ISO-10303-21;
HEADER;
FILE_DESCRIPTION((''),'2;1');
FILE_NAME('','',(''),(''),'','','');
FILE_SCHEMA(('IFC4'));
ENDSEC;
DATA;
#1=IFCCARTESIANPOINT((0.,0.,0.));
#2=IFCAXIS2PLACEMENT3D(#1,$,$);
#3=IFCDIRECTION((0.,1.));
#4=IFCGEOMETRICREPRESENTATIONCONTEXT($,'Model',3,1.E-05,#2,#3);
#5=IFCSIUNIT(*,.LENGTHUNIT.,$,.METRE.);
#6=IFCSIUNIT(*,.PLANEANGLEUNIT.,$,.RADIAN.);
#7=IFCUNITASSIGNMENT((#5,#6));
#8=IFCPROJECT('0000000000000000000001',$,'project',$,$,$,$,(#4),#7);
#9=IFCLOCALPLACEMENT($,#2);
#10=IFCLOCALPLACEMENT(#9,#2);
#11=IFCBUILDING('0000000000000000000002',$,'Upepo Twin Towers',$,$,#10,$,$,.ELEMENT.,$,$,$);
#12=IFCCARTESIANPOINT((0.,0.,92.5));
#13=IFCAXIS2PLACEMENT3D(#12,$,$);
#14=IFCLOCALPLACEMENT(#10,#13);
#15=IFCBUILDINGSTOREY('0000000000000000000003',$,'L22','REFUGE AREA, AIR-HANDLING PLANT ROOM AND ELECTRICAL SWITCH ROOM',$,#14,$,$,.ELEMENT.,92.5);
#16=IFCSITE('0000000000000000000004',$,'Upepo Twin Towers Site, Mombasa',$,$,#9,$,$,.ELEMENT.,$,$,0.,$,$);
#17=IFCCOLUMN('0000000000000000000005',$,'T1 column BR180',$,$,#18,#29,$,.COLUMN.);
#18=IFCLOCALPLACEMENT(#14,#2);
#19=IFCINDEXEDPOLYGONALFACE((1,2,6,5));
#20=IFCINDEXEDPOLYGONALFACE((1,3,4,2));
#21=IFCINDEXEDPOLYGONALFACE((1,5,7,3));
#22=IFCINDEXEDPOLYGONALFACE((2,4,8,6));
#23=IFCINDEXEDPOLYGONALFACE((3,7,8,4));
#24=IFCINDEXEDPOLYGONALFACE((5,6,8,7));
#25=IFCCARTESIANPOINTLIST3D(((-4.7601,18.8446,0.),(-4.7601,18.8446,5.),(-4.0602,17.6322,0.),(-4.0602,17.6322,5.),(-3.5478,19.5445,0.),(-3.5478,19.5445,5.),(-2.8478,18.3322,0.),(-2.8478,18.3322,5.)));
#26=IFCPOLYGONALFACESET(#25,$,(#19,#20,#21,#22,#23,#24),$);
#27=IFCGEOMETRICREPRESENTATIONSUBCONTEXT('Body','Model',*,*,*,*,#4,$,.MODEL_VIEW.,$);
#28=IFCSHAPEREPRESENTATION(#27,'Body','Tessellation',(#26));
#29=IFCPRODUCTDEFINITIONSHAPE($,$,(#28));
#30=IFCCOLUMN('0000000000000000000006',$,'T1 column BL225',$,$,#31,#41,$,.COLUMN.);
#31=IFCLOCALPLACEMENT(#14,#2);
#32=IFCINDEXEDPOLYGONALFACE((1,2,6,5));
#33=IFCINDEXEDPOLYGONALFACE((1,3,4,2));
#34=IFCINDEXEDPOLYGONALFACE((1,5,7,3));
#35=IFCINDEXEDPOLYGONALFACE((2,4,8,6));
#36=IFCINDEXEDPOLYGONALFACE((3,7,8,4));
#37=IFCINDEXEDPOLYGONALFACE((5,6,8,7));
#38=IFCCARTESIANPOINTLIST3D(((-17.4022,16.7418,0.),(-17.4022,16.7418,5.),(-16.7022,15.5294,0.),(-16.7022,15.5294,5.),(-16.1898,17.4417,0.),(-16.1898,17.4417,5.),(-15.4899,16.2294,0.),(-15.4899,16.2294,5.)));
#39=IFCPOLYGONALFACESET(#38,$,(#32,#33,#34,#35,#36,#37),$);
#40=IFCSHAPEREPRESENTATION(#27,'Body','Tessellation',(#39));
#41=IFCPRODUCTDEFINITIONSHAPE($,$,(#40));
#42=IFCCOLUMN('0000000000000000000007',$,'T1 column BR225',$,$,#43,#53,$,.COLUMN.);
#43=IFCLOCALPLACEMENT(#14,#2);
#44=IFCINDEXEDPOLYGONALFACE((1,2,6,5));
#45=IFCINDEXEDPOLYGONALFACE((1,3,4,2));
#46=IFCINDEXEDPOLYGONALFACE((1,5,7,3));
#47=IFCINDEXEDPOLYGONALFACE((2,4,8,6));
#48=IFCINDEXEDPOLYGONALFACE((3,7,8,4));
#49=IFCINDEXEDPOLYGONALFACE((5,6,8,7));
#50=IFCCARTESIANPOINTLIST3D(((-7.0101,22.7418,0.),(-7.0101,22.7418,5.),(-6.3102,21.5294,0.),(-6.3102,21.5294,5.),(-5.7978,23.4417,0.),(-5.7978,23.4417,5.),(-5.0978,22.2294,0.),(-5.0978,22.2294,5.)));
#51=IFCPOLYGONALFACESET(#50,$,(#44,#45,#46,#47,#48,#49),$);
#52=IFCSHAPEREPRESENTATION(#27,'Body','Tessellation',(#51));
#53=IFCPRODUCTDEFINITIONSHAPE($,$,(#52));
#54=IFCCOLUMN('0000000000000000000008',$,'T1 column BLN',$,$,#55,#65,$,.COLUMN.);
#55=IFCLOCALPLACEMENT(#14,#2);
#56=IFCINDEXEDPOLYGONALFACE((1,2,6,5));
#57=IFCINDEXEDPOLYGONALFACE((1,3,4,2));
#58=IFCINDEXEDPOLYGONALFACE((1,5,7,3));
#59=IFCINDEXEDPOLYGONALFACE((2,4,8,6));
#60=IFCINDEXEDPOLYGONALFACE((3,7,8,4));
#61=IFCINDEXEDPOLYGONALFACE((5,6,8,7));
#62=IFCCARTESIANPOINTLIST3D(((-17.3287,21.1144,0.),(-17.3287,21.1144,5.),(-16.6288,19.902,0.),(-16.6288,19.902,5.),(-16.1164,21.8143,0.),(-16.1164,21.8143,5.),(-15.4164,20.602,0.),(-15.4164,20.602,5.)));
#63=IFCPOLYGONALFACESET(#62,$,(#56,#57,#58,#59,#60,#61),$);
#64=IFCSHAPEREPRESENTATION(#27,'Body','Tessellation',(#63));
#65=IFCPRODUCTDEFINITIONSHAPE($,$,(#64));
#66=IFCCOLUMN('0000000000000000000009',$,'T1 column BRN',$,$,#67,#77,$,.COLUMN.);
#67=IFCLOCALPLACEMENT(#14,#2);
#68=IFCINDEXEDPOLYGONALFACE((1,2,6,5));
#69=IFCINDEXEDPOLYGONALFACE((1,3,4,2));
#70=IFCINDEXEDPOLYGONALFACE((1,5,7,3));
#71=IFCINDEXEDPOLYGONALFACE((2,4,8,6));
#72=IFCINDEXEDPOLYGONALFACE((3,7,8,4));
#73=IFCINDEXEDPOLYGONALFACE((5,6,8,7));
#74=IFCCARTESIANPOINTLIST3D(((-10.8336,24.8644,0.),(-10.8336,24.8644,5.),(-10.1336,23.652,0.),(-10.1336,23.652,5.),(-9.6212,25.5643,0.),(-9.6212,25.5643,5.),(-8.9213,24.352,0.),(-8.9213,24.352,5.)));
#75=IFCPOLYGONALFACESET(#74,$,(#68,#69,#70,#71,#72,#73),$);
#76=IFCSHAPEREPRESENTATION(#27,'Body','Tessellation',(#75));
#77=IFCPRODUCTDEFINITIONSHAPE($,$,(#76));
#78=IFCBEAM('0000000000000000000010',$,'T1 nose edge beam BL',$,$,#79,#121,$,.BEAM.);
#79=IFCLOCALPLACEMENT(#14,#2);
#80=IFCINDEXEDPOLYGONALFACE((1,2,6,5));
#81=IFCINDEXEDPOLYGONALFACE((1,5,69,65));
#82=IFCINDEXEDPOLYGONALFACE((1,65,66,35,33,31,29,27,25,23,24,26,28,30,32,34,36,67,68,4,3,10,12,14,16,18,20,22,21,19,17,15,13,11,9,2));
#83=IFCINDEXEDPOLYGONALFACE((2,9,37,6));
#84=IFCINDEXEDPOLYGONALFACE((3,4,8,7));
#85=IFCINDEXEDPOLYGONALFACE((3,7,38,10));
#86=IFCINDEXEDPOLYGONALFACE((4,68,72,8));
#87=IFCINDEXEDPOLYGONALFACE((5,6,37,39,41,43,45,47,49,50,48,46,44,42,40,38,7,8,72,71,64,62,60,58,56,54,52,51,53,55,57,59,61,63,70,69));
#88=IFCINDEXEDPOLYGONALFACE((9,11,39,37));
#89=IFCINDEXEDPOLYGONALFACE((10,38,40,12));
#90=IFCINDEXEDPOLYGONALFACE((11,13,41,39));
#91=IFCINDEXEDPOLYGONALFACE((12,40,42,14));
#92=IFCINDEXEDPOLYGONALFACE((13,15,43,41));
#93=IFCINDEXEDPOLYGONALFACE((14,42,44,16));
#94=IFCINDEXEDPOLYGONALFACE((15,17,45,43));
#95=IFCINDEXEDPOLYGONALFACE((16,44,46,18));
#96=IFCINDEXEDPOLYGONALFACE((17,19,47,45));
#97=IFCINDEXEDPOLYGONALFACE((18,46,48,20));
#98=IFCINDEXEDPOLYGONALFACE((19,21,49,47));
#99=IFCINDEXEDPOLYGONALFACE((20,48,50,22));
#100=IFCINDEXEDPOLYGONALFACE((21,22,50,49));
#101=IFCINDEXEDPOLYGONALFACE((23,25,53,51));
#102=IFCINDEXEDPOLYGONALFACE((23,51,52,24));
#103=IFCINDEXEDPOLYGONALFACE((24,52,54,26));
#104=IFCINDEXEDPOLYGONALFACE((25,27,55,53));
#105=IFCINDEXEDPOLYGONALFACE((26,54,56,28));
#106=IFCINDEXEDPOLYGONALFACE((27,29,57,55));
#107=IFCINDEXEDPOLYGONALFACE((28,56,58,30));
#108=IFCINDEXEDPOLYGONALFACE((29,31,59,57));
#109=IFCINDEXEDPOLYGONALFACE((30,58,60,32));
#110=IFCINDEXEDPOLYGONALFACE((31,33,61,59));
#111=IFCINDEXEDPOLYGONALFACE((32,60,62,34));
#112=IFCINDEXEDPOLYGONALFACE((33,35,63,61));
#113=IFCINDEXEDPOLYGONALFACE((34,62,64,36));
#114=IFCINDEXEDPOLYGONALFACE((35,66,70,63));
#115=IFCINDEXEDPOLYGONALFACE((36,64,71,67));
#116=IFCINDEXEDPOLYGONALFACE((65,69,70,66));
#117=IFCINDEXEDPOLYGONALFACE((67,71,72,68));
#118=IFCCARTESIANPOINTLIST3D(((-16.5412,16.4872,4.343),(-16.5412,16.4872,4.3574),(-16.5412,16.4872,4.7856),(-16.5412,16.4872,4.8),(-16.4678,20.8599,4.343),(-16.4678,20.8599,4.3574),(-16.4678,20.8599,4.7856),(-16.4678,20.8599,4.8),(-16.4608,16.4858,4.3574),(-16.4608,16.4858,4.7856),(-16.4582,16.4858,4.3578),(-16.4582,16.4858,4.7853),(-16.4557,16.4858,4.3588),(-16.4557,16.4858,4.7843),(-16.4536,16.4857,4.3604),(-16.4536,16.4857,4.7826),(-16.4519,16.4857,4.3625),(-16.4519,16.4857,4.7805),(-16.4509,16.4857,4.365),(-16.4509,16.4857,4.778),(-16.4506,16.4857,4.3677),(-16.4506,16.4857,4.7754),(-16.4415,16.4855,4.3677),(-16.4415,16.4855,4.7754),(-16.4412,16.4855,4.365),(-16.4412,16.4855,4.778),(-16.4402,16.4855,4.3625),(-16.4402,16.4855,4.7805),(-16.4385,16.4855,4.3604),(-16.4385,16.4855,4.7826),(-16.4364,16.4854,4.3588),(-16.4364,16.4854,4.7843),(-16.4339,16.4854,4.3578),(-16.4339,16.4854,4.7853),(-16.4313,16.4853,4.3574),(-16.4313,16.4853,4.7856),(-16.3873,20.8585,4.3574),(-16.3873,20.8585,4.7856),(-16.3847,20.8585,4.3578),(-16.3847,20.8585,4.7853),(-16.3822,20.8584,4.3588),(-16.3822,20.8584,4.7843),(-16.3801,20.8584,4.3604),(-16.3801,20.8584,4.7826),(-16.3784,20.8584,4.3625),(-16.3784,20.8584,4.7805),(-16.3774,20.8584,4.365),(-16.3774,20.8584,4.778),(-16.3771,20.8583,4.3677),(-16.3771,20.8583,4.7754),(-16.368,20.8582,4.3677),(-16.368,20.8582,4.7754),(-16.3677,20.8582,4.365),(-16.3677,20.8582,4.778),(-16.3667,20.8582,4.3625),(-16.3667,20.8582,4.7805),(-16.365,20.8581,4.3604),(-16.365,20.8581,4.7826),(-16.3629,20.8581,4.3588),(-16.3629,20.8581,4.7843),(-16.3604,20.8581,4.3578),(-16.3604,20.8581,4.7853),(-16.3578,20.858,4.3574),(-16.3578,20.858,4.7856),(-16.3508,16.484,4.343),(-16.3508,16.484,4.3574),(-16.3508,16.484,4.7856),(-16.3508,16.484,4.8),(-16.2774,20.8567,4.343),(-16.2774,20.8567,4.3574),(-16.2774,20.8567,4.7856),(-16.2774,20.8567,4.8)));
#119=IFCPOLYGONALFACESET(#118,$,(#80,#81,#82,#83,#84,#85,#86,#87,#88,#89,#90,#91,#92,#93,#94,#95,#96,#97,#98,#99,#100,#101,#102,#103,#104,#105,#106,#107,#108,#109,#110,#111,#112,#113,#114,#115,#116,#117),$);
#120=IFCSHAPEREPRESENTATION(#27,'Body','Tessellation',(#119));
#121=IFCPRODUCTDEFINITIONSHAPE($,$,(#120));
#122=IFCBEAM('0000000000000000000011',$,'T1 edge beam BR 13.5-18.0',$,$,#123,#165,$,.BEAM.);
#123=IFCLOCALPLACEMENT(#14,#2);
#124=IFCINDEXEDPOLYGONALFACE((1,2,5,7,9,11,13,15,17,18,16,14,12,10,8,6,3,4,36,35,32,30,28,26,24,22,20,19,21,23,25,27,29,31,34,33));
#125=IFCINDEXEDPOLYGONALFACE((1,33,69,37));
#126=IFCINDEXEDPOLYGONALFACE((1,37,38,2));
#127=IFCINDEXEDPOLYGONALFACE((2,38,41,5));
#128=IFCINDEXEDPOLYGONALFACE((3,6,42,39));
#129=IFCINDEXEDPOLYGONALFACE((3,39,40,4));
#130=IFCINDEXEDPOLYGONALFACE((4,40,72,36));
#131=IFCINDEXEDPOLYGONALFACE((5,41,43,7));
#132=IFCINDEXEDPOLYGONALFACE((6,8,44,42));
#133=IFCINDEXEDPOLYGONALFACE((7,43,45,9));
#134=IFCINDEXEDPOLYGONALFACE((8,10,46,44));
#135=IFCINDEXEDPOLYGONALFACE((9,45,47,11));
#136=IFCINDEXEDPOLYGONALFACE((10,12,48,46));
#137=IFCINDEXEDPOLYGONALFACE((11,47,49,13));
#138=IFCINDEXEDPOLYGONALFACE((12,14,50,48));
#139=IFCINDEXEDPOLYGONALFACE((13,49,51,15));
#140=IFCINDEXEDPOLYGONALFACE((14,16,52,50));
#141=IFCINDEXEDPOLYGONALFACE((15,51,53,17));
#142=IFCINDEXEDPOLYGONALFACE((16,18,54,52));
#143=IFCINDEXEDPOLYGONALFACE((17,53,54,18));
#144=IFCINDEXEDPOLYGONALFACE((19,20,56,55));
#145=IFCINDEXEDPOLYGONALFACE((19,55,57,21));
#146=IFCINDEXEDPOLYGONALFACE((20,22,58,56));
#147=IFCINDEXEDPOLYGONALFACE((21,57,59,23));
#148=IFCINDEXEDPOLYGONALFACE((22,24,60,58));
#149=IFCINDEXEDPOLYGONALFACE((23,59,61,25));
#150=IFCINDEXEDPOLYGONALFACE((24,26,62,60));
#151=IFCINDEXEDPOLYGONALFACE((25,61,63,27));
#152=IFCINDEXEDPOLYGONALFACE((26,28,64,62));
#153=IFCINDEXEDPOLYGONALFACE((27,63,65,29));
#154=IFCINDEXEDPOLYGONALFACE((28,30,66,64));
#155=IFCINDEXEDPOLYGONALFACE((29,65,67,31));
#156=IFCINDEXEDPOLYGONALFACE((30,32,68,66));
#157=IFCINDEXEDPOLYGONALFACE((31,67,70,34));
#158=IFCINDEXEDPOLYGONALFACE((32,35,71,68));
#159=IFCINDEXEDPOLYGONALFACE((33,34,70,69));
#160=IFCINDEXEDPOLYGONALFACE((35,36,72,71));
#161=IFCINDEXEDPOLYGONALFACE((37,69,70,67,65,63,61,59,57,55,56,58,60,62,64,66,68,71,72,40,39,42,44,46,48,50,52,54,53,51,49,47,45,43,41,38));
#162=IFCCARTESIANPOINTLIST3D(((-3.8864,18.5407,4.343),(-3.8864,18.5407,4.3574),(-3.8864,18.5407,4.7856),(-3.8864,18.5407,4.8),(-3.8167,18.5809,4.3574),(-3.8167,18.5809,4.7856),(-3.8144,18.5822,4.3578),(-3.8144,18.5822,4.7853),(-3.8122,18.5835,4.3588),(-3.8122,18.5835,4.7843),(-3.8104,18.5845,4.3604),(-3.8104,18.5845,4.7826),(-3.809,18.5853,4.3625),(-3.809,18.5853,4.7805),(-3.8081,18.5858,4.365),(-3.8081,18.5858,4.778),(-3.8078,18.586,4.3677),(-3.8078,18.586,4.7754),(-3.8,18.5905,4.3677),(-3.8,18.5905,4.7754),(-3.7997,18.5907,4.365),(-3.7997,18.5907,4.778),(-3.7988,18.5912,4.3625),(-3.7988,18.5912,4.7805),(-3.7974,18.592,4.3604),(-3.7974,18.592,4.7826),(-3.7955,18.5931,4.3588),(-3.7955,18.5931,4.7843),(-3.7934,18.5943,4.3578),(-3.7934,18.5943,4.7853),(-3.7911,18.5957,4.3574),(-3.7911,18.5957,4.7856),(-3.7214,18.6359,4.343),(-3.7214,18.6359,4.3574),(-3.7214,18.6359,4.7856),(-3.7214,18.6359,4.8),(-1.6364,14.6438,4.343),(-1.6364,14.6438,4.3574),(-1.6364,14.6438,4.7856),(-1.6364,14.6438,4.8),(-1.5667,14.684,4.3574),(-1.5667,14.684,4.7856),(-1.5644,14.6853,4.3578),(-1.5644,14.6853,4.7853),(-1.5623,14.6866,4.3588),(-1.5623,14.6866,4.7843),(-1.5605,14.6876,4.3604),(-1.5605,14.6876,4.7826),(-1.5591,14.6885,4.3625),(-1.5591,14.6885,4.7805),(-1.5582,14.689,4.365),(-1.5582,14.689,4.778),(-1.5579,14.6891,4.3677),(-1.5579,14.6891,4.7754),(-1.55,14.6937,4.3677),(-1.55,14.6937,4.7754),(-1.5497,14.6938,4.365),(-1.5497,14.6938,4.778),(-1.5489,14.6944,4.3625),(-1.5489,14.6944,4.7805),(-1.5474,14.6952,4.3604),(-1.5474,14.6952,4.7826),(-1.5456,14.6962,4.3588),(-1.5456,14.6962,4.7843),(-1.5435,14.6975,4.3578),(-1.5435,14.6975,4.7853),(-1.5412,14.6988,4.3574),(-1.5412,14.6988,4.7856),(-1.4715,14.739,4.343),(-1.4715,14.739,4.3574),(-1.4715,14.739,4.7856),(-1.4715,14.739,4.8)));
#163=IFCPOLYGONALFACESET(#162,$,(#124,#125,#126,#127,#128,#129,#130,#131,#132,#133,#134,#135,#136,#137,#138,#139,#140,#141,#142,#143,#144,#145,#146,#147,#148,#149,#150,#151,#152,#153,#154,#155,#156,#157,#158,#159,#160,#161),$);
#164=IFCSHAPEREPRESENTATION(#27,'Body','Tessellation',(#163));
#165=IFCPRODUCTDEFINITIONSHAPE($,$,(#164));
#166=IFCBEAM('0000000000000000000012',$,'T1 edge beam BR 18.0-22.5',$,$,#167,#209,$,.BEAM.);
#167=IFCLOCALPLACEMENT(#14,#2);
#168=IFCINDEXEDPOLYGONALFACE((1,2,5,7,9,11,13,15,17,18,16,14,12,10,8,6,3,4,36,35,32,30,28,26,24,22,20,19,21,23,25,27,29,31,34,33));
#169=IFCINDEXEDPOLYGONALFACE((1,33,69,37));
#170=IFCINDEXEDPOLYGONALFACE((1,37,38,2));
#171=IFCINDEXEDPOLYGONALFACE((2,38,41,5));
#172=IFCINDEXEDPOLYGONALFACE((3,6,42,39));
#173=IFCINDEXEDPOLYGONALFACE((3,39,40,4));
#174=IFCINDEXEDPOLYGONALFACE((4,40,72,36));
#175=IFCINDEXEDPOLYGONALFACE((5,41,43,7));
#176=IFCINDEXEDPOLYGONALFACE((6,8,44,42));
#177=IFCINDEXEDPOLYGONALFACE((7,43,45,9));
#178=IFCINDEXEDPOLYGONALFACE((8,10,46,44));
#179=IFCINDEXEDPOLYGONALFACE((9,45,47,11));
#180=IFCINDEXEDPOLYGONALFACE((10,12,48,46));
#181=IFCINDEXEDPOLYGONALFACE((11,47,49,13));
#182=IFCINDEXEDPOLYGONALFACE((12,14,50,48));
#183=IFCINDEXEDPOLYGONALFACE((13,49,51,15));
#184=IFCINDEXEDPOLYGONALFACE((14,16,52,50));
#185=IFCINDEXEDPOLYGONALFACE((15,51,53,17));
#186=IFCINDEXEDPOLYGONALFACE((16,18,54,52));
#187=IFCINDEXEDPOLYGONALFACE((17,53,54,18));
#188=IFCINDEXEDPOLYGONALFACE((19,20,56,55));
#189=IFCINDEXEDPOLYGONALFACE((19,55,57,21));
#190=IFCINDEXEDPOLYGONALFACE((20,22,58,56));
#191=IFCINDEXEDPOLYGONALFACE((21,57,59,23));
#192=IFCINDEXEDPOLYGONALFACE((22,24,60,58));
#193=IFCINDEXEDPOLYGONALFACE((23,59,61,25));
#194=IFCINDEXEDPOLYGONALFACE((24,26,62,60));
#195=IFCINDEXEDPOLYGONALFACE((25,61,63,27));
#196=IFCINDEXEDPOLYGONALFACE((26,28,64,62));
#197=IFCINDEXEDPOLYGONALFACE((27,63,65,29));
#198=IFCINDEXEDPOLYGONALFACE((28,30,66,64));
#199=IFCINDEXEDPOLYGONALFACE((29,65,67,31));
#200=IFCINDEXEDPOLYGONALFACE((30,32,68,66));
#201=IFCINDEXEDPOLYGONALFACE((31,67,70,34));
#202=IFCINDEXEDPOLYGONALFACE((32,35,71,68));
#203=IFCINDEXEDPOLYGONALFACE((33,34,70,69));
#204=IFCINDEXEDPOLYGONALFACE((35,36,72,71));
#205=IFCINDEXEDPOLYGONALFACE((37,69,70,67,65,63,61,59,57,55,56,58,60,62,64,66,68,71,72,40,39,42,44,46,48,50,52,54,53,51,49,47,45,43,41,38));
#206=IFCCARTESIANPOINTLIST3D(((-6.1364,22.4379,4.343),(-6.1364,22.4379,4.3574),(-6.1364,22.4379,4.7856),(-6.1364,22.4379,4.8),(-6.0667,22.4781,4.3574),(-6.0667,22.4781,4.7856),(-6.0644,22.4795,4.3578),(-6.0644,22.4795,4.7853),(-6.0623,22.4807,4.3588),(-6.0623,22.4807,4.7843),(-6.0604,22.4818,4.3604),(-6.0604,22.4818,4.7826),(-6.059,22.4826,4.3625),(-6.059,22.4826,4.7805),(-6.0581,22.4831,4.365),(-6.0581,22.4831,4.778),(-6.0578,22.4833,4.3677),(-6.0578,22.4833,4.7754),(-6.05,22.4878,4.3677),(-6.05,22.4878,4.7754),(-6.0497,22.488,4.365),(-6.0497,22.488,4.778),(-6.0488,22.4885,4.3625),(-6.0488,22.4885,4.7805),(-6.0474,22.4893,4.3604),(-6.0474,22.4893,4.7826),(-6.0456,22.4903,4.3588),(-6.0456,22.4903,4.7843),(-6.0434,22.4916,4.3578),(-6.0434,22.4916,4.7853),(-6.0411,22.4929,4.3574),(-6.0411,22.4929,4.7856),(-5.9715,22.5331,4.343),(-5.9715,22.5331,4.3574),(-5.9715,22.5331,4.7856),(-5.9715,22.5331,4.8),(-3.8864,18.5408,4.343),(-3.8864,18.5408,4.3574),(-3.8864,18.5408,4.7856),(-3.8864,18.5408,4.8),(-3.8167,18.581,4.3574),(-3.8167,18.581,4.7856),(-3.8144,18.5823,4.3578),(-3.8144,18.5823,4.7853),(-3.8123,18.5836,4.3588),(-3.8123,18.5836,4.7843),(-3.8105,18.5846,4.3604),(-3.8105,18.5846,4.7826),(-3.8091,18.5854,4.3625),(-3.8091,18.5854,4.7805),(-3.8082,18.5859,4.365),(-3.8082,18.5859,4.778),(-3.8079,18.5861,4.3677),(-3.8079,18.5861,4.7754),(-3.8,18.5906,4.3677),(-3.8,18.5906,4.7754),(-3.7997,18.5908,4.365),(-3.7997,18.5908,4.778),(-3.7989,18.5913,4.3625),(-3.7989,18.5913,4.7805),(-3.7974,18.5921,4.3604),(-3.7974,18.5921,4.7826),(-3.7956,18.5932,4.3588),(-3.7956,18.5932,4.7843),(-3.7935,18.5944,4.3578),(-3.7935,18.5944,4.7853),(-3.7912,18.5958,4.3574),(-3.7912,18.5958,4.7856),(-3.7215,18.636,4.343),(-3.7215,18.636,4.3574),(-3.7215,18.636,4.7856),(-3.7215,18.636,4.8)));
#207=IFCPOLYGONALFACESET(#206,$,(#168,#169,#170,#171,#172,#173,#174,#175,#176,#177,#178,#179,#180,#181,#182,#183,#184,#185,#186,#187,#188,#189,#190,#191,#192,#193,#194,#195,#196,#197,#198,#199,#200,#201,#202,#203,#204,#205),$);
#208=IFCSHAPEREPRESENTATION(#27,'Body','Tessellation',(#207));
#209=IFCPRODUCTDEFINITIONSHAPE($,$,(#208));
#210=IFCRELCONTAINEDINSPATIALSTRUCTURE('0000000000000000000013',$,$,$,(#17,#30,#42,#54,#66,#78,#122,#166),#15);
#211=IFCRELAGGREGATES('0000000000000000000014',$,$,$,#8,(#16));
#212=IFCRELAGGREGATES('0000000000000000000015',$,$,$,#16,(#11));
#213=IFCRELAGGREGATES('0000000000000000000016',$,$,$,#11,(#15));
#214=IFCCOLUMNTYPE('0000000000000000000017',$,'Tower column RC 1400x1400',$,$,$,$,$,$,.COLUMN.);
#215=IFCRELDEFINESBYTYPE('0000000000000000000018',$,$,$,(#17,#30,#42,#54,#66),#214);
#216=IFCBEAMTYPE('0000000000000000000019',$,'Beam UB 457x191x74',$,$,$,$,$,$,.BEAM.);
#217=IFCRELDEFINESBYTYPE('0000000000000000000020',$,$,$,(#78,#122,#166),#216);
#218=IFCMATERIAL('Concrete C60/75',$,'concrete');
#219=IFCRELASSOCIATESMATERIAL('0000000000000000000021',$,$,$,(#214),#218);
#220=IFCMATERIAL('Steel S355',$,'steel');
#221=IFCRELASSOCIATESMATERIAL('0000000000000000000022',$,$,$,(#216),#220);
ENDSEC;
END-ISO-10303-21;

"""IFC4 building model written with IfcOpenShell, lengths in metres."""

from ifc_helpers import new_model, si_unit, direction, frame, origin, origin_2d, place, context, subcontext, project, spatial, rectangle, i_section, extrude, material, material_profile, profile_set, type_object, element, save


model = new_model("IFC4")

# Units and contexts
model_context = context("Model", 3, precision=1e-05, world=origin(), true_north=direction((0.0, 1.0)))
body_context = subcontext(model_context, "Body", "Model", "MODEL_VIEW")
ifc_project = project(units=[si_unit("LENGTHUNIT", "METRE"), si_unit("PLANEANGLEUNIT", "RADIAN")], contexts=[model_context])

# Site, building, storey
site_placement = place(None, origin())
site = spatial("IfcSite", under=ifc_project, at=site_placement, Name="Upepo Twin Towers Site, Mombasa", CompositionType="ELEMENT", RefElevation=0.0)
building_placement = place(site_placement, origin())
building = spatial("IfcBuilding", under=site, at=building_placement, Name="Upepo Twin Towers", CompositionType="ELEMENT")
storey_placement = place(building_placement, frame((0.0, 0.0, 92.5)))
storey = spatial("IfcBuildingStorey", under=building, at=storey_placement, Name="L22", Description="REFUGE AREA, AIR-HANDLING PLANT ROOM AND ELECTRICAL SWITCH ROOM", CompositionType="ELEMENT", Elevation=92.5)

# Columns
ifc_material_1 = material(Name="Concrete C60/75", Category="concrete")
ifc_material_profile_1 = material_profile(ifc_material_1, rectangle(XDim=1.3999, YDim=1.3999, at=origin_2d()), Name="RC 1400x1400")
ifc_profile_set_1 = profile_set([ifc_material_profile_1], Name="Concrete C60/75")
column_type = type_object("IfcColumnType", Name="Tower column RC 1400x1400", PredefinedType="COLUMN", material=ifc_profile_set_1)
for number, where, z_axis, x_axis, name in (
    (1, (-3.804, 18.5884, 0.0), (0.0, 0.0, 1.0), (0.866025, 0.5, 0.0), "T1 column BR180"),
    (2, (-16.446, 16.4856, 0.0), (0.0, 0.0, 1.0), (0.866025, 0.5, 0.0), "T1 column BL225"),
    (3, (-6.054, 22.4856, 0.0), (0.0, 0.0, 1.0), (0.866025, 0.5, 0.0), "T1 column BR225"),
    (4, (-16.3726, 20.8582, 0.0), (0.0, 0.0, 1.0), (0.866025, 0.5, 0.0), "T1 column BLN"),
    (5, (-9.8774, 24.6082, 0.0), (0.0, 0.0, 1.0), (0.866025, 0.5, 0.0), "T1 column BRN"),
):
    element("IfcColumn", number, at=place(storey_placement, frame(where, z_axis=z_axis, x_axis=x_axis)), inside=storey, type_object=column_type, Name=name, PredefinedType="COLUMN", context=body_context, shape_type="SweptSolid", body=[
        extrude(rectangle(XDim=1.3999, YDim=1.3999, at=origin_2d()), origin(), (0.0, 0.0, 1.0), 5.0),
    ])

# Beams
ifc_material_2 = material(Name="Steel S355", Category="steel")
ifc_material_profile_2 = material_profile(ifc_material_2, i_section(OverallWidth=0.1904, OverallDepth=0.457, WebThickness=0.009, FlangeThickness=0.0144, FilletRadius=0.0103, at=origin_2d()), Name="UB 457x191x74")
ifc_profile_set_2 = profile_set([ifc_material_profile_2], Name="Steel S355")
beam_type_1 = type_object("IfcBeamType", Name="Beam UB 457x191x74", PredefinedType="BEAM", material=ifc_profile_set_2)
beam_1_placement = place(storey_placement, frame((-16.446, 16.4856, 4.5715), z_axis=(0.016804, 0.999859, 0.0), x_axis=(-0.999859, 0.016804, 0.0)))
element("IfcBeam", 6, at=beam_1_placement, inside=storey, type_object=beam_type_1, Name="T1 nose edge beam BL", PredefinedType="BEAM", context=body_context, shape_type="SweptSolid", body=[
    extrude(i_section(OverallWidth=0.1904, OverallDepth=0.457, WebThickness=0.009, FlangeThickness=0.0144, FilletRadius=0.0103, at=origin_2d()), origin(), (0.0, 0.0, 1.0), 4.3733),
])
beam_2_placement = place(storey_placement, frame((-1.554, 14.6914, 4.5715), z_axis=(-0.500014, 0.866018, 0.0), x_axis=(-0.866018, -0.500014, 0.0)))
element("IfcBeam", 7, at=beam_2_placement, inside=storey, type_object=beam_type_1, Name="T1 edge beam BR 13.5-18.0", PredefinedType="BEAM", context=body_context, shape_type="SweptSolid", body=[
    extrude(i_section(OverallWidth=0.1904, OverallDepth=0.457, WebThickness=0.009, FlangeThickness=0.0144, FilletRadius=0.0103, at=origin_2d()), origin(), (0.0, 0.0, 1.0), 4.4998),
])
beam_3_placement = place(storey_placement, frame((-3.804, 18.5884, 4.5715), z_axis=(-0.49999, 0.866031, 0.0), x_axis=(-0.866031, -0.49999, 0.0)))
element("IfcBeam", 8, at=beam_3_placement, inside=storey, type_object=beam_type_1, Name="T1 edge beam BR 18.0-22.5", PredefinedType="BEAM", context=body_context, shape_type="SweptSolid", body=[
    extrude(i_section(OverallWidth=0.1904, OverallDepth=0.457, WebThickness=0.009, FlangeThickness=0.0144, FilletRadius=0.0103, at=origin_2d()), origin(), (0.0, 0.0, 1.0), 4.5),
])

save(model, "model.ifc")
